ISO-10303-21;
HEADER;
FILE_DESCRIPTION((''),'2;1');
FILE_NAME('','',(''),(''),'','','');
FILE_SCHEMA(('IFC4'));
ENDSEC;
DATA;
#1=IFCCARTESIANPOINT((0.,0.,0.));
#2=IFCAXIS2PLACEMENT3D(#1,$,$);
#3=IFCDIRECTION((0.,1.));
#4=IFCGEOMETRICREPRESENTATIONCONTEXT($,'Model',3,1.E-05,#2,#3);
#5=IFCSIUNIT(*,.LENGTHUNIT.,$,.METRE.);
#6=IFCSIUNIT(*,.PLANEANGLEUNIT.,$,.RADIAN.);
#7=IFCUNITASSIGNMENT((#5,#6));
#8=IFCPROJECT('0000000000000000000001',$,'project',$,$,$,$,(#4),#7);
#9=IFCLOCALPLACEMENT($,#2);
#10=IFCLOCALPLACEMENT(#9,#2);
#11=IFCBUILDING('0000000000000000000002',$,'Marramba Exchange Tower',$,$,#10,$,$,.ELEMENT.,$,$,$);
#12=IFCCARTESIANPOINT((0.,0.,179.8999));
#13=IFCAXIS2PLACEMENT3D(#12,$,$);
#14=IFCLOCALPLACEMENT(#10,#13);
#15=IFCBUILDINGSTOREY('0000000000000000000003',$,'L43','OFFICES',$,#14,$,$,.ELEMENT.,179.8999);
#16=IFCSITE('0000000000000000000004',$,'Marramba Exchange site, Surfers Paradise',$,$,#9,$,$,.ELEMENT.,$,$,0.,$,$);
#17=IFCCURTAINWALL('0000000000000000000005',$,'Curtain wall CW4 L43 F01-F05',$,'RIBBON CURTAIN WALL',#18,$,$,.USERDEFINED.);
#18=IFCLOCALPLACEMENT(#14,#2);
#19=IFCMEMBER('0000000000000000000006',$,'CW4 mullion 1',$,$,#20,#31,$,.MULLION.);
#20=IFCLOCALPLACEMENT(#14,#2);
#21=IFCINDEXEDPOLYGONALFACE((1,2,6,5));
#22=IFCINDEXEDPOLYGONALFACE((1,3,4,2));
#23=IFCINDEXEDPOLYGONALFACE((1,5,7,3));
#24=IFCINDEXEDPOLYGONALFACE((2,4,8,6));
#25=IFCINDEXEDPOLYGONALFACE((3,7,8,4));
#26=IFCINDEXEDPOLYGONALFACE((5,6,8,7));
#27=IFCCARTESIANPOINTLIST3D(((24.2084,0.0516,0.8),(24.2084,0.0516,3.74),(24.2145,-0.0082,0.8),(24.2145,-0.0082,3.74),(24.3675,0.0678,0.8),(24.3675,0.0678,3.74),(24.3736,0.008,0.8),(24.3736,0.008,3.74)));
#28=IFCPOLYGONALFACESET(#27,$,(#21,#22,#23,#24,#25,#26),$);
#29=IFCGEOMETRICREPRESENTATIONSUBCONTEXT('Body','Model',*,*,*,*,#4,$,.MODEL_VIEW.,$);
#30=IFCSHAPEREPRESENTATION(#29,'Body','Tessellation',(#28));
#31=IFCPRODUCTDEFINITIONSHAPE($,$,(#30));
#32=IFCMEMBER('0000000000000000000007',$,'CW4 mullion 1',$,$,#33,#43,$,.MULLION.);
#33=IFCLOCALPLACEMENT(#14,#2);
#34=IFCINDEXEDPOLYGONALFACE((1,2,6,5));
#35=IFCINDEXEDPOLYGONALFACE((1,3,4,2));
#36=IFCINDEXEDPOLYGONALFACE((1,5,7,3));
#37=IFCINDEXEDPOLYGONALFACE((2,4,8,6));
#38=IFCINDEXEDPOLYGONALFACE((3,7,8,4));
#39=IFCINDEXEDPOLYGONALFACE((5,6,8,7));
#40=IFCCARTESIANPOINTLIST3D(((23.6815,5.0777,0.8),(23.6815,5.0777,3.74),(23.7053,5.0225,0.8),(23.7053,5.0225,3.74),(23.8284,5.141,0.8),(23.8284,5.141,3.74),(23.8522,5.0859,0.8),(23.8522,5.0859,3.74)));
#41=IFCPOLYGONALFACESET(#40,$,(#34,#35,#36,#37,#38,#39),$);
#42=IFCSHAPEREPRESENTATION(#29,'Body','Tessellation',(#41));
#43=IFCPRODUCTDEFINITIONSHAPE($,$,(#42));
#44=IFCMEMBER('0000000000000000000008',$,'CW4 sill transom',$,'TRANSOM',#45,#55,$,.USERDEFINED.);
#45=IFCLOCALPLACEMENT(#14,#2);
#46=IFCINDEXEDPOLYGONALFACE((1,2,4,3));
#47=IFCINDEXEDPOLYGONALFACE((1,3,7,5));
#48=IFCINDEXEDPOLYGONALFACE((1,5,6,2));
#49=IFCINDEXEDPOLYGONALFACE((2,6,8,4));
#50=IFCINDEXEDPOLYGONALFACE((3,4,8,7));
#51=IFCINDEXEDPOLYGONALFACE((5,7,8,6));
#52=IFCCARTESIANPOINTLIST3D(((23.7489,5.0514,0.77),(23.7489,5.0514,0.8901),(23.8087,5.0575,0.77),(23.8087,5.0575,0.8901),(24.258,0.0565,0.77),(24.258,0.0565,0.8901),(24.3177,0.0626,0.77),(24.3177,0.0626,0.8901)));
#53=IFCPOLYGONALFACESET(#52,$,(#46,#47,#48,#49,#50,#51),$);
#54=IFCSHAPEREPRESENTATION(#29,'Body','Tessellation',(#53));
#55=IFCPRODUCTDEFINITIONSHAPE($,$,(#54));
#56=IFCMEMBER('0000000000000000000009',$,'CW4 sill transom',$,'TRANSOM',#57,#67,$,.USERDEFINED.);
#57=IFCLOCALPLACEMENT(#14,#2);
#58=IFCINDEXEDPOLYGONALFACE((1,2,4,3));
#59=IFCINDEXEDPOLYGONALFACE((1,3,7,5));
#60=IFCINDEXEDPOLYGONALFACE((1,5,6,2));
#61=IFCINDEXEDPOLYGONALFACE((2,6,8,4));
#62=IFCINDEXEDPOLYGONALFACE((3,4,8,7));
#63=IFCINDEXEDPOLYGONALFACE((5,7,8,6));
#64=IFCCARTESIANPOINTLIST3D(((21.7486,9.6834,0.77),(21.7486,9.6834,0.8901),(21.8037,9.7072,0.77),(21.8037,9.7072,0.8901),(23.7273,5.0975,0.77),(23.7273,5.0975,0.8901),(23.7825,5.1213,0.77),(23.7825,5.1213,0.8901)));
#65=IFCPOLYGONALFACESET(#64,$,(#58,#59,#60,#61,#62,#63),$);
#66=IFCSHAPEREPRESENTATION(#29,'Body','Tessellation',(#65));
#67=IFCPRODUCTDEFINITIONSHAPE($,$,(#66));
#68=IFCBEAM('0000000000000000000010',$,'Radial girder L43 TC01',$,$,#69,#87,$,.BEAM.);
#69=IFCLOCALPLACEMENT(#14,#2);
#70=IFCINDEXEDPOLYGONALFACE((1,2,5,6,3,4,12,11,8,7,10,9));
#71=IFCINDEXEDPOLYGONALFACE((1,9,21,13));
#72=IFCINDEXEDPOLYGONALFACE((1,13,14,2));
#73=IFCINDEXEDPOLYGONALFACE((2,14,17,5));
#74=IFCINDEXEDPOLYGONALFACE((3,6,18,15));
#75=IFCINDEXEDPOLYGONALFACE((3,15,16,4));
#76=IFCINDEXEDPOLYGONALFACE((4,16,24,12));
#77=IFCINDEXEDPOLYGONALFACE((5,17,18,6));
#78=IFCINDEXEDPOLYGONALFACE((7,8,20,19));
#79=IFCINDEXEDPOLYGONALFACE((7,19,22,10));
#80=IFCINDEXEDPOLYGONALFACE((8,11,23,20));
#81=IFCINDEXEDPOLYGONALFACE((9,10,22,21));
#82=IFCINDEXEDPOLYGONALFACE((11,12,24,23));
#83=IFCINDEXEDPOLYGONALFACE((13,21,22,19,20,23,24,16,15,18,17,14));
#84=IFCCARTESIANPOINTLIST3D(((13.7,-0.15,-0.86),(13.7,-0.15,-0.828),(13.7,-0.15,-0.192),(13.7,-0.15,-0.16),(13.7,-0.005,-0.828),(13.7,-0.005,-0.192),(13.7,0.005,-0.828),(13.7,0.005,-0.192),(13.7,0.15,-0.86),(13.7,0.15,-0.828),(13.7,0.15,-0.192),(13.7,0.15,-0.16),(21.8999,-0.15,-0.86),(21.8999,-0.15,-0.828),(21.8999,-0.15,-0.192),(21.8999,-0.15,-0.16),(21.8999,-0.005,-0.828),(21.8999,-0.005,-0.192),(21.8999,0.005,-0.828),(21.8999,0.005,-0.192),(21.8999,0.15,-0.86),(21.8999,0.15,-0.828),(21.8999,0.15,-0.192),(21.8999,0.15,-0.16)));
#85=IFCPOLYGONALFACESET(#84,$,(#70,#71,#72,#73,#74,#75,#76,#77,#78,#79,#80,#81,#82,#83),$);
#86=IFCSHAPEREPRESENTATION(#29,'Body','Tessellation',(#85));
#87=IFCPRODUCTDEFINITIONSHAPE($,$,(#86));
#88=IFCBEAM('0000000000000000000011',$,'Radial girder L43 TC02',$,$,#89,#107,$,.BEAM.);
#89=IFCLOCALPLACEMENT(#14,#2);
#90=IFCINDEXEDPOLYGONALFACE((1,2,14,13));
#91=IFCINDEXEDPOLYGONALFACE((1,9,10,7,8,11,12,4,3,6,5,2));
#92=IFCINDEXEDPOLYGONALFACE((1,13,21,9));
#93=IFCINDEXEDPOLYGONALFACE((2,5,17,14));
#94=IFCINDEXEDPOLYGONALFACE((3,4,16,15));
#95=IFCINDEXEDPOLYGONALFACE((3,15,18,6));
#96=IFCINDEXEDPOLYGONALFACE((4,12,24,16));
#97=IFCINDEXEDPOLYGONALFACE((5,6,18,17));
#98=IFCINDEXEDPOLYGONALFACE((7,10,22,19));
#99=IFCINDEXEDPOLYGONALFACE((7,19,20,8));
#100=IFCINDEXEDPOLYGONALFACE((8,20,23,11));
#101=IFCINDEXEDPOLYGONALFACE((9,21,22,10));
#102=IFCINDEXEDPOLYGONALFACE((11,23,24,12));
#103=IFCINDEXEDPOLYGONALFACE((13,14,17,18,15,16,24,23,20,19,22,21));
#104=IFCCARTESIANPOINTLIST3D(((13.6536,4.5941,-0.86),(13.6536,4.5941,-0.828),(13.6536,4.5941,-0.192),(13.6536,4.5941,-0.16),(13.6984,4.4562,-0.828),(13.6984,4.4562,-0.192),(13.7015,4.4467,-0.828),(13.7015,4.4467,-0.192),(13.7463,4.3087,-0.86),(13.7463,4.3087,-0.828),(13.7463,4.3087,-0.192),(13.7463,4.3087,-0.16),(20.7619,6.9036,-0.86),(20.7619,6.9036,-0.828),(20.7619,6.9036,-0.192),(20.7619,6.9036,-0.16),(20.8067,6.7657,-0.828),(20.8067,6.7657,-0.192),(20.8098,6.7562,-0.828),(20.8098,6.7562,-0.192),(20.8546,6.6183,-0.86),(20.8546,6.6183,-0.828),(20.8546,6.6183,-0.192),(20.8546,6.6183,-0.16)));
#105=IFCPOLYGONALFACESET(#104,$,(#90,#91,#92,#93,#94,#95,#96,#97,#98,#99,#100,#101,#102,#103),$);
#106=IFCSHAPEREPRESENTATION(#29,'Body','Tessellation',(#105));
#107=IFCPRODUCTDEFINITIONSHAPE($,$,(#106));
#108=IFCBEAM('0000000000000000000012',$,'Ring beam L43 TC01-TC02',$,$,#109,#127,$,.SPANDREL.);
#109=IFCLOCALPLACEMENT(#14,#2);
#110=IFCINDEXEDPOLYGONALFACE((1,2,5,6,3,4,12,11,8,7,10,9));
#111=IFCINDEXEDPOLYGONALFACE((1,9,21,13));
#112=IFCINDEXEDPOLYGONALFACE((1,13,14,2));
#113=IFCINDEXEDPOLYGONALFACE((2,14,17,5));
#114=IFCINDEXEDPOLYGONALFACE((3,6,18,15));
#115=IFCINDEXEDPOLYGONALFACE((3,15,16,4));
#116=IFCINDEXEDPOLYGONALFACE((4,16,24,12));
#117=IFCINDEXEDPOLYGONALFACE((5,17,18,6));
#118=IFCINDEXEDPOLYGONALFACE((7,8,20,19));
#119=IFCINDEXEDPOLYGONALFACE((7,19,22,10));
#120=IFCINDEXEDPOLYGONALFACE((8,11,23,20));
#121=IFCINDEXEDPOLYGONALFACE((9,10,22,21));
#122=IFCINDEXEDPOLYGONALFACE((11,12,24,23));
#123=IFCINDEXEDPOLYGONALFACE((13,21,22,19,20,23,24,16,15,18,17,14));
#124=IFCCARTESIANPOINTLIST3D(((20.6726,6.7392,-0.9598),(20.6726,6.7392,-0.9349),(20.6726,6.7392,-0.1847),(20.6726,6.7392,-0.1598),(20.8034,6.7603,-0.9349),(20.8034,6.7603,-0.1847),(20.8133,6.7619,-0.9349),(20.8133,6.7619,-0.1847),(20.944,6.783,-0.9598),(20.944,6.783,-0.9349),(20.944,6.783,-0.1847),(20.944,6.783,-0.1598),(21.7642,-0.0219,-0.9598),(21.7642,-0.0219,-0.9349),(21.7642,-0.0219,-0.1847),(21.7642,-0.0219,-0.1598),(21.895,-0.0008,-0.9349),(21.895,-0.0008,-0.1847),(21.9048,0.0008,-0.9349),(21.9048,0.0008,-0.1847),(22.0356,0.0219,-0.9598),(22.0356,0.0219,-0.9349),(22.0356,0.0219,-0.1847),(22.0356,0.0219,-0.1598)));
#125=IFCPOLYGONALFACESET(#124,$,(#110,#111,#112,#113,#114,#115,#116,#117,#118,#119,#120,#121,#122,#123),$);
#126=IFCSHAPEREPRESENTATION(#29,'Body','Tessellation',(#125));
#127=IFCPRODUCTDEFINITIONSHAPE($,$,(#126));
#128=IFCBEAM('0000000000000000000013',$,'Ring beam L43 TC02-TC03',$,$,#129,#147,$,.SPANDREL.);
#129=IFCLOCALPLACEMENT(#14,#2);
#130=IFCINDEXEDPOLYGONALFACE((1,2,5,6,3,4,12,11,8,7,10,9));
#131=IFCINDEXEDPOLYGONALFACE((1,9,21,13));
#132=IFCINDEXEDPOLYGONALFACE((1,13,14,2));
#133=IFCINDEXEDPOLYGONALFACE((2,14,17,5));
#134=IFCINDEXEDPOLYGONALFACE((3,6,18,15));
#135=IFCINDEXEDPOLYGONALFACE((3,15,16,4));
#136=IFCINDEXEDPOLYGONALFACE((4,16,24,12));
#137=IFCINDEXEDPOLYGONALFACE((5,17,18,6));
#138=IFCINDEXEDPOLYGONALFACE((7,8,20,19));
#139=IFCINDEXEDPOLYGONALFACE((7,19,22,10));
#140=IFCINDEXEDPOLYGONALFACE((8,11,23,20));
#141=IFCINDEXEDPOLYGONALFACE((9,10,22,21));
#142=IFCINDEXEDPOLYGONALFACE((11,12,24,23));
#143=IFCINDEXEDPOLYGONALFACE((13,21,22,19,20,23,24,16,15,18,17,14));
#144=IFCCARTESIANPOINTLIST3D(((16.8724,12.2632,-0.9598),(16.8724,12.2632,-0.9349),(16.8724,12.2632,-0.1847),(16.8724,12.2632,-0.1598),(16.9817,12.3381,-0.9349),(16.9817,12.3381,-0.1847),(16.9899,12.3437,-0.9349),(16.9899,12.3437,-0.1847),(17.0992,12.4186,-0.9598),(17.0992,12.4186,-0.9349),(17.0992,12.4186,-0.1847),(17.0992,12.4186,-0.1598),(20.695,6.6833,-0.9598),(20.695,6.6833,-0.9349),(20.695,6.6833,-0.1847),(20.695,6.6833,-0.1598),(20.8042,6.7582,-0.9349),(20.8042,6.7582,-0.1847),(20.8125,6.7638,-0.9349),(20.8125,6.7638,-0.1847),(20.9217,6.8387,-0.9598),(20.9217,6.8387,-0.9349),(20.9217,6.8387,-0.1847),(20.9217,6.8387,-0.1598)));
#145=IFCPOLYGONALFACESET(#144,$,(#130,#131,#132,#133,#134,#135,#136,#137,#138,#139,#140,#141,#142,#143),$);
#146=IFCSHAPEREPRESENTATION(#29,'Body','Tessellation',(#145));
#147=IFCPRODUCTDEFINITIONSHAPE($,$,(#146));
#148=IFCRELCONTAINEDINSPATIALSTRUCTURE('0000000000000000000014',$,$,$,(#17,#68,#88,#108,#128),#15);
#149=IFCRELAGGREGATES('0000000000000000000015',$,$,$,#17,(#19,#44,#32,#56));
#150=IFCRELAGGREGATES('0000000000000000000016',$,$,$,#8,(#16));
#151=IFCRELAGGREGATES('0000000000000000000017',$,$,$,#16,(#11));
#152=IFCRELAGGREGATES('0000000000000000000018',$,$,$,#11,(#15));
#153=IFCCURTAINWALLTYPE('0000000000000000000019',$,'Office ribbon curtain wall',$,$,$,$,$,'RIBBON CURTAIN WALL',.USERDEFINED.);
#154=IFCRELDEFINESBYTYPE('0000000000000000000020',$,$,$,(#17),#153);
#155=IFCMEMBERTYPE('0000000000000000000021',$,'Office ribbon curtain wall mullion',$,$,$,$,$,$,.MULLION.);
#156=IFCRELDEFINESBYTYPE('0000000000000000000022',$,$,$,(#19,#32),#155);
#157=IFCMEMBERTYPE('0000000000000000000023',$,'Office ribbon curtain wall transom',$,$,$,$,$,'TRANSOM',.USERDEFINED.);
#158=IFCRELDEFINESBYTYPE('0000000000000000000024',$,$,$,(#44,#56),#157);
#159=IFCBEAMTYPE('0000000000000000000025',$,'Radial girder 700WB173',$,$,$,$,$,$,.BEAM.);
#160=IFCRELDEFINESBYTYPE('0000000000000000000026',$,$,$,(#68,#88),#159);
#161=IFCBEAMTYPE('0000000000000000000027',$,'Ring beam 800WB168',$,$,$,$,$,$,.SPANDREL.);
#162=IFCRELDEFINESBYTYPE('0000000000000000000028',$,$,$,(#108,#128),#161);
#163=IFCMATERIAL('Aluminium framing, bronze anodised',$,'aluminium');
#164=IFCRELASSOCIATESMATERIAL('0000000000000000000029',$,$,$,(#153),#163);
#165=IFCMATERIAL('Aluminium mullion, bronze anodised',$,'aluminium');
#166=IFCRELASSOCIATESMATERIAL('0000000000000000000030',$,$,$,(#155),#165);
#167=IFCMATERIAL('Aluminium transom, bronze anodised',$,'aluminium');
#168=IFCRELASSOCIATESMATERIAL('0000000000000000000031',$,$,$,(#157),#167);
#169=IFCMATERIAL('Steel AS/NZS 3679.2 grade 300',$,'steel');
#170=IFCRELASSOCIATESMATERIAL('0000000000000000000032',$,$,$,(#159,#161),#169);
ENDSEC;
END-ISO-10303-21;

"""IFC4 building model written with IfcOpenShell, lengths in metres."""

from ifc_helpers import new_model, si_unit, direction, frame, origin, origin_2d, place, context, subcontext, project, spatial, rectangle, i_section, extrude, material, material_profile, profile_set, type_object, element, aggregate, save


model = new_model("IFC4")

# Units and contexts
model_context = context("Model", 3, precision=1e-05, world=origin(), true_north=direction((0.0, 1.0)))
body_context = subcontext(model_context, "Body", "Model", "MODEL_VIEW")
ifc_project = project(units=[si_unit("LENGTHUNIT", "METRE"), si_unit("PLANEANGLEUNIT", "RADIAN")], contexts=[model_context])

# Site, building, storey
site_placement = place(None, origin())
site = spatial("IfcSite", under=ifc_project, at=site_placement, Name="Marramba Exchange site, Surfers Paradise", CompositionType="ELEMENT", RefElevation=0.0)
building_placement = place(site_placement, origin())
building = spatial("IfcBuilding", under=site, at=building_placement, Name="Marramba Exchange Tower", CompositionType="ELEMENT")
storey_placement = place(building_placement, frame((0.0, 0.0, 179.8999)))
storey = spatial("IfcBuildingStorey", under=building, at=storey_placement, Name="L43", Description="OFFICES", CompositionType="ELEMENT", Elevation=179.8999)

# Shared definitions
ifc_material_1 = material(Name="Steel AS/NZS 3679.2 grade 300", Category="steel")

# Curtain wall, members
ifc_material_2 = material(Name="Aluminium framing, bronze anodised", Category="aluminium")
curtain_wall_type = type_object("IfcCurtainWallType", Name="Office ribbon curtain wall", ElementType="RIBBON CURTAIN WALL", PredefinedType="USERDEFINED", material=ifc_material_2)
curtain_wall_placement = place(storey_placement, origin())
curtain_wall = element("IfcCurtainWall", 1, at=curtain_wall_placement, inside=storey, type_object=curtain_wall_type, Name="Curtain wall CW4 L43 F01-F05", ObjectType="RIBBON CURTAIN WALL", PredefinedType="USERDEFINED")
ifc_material_3 = material(Name="Aluminium mullion, bronze anodised", Category="aluminium")
ifc_material_profile_1 = material_profile(ifc_material_3, rectangle(XDim=0.1599, YDim=0.0601, at=origin_2d()), Name="CW4 mullion 60x160")
ifc_profile_set_1 = profile_set([ifc_material_profile_1], Name="Aluminium mullion, bronze anodised")
member_type_1 = type_object("IfcMemberType", Name="Office ribbon curtain wall mullion", PredefinedType="MULLION", material=ifc_profile_set_1)
member_1_placement = place(storey_placement, frame((24.291, 0.0298, 0.8), z_axis=(0.0, 0.0, 1.0), x_axis=(-0.994843, -0.101422, 0.0)))
member_1 = element("IfcMember", 2, at=member_1_placement, type_object=member_type_1, Name="CW4 mullion 1", PredefinedType="MULLION", context=body_context, shape_type="SweptSolid", body=[
    extrude(rectangle(XDim=0.1599, YDim=0.0601, at=origin_2d()), origin(), (0.0, 0.0, 1.0), 2.9399),
])
member_2_placement = place(storey_placement, frame((23.7668, 5.0818, 0.8), z_axis=(0.0, 0.0, 1.0), x_axis=(-0.918167, -0.396193, 0.0)))
member_2 = element("IfcMember", 3, at=member_2_placement, type_object=member_type_1, Name="CW4 mullion 1", PredefinedType="MULLION", context=body_context, shape_type="SweptSolid", body=[
    extrude(rectangle(XDim=0.1599, YDim=0.0601, at=origin_2d()), origin(), (0.0, 0.0, 1.0), 2.9399),
])
ifc_material_4 = material(Name="Aluminium transom, bronze anodised", Category="aluminium")
ifc_material_profile_2 = material_profile(ifc_material_4, rectangle(XDim=0.0601, YDim=0.1201, at=origin_2d()), Name="CW4 transom 60x120")
ifc_profile_set_2 = profile_set([ifc_material_profile_2], Name="Aluminium transom, bronze anodised")
member_type_2 = type_object("IfcMemberType", Name="Office ribbon curtain wall transom", ElementType="TRANSOM", PredefinedType="USERDEFINED", material=ifc_profile_set_2)
member_3_placement = place(storey_placement, frame((24.2878, 0.0596, 0.8301), z_axis=(-0.101386, 0.994847, 0.0), x_axis=(-0.994847, -0.101386, 0.0)))
member_3 = element("IfcMember", 4, at=member_3_placement, type_object=member_type_2, Name="CW4 sill transom", ObjectType="TRANSOM", PredefinedType="USERDEFINED", context=body_context, shape_type="SweptSolid", body=[
    extrude(rectangle(XDim=0.0601, YDim=0.1201, at=origin_2d()), origin(), (0.0, 0.0, 1.0), 5.0208),
])
member_4_placement = place(storey_placement, frame((23.7549, 5.1094, 0.8301), z_axis=(-0.396178, 0.918174, 0.0), x_axis=(-0.918174, -0.396178, 0.0)))
member_4 = element("IfcMember", 5, at=member_4_placement, type_object=member_type_2, Name="CW4 sill transom", ObjectType="TRANSOM", PredefinedType="USERDEFINED", context=body_context, shape_type="SweptSolid", body=[
    extrude(rectangle(XDim=0.0601, YDim=0.1201, at=origin_2d()), origin(), (0.0, 0.0, 1.0), 4.9946),
])

# Beams
ifc_material_profile_3 = material_profile(ifc_material_1, i_section(OverallWidth=0.3, OverallDepth=0.7, WebThickness=0.01, FlangeThickness=0.032, at=origin_2d()), Name="700WB173")
ifc_profile_set_3 = profile_set([ifc_material_profile_3], Name="Steel AS/NZS 3679.2 grade 300")
beam_type_1 = type_object("IfcBeamType", Name="Radial girder 700WB173", PredefinedType="BEAM", material=ifc_profile_set_3)
beam_1_placement = place(storey_placement, frame((13.7, 0.0, -0.51), z_axis=(1.0, 0.0, 0.0), x_axis=(0.0, 1.0, 0.0)))
element("IfcBeam", 6, at=beam_1_placement, inside=storey, type_object=beam_type_1, Name="Radial girder L43 TC01", PredefinedType="BEAM", context=body_context, shape_type="SweptSolid", body=[
    extrude(i_section(OverallWidth=0.3, OverallDepth=0.7, WebThickness=0.01, FlangeThickness=0.032, at=origin_2d()), origin(), (0.0, 0.0, 1.0), 8.2),
])
beam_2_placement = place(storey_placement, frame((13.7, 4.4514, -0.51), z_axis=(0.95106, 0.309006, 0.0), x_axis=(-0.309006, 0.95106, 0.0)))
element("IfcBeam", 7, at=beam_2_placement, inside=storey, type_object=beam_type_1, Name="Radial girder L43 TC02", PredefinedType="BEAM", context=body_context, shape_type="SweptSolid", body=[
    extrude(i_section(OverallWidth=0.3, OverallDepth=0.7, WebThickness=0.01, FlangeThickness=0.032, at=origin_2d()), origin(), (0.0, 0.0, 1.0), 7.4741),
])
ifc_material_profile_4 = material_profile(ifc_material_1, i_section(OverallWidth=0.2749, OverallDepth=0.8, WebThickness=0.01, FlangeThickness=0.0249, at=origin_2d()), Name="800WB168")
ifc_profile_set_4 = profile_set([ifc_material_profile_4], Name="Steel AS/NZS 3679.2 grade 300")
beam_type_2 = type_object("IfcBeamType", Name="Ring beam 800WB168", PredefinedType="SPANDREL", material=ifc_profile_set_4)
beam_3_placement = place(storey_placement, frame((21.8999, 0.0, -0.5598), z_axis=(-0.159385, 0.987217, 0.0), x_axis=(-0.987217, -0.159385, 0.0)))
element("IfcBeam", 8, at=beam_3_placement, inside=storey, type_object=beam_type_2, Name="Ring beam L43 TC01-TC02", PredefinedType="SPANDREL", context=body_context, shape_type="SweptSolid", body=[
    extrude(i_section(OverallWidth=0.2749, OverallDepth=0.8, WebThickness=0.01, FlangeThickness=0.0249, at=origin_2d()), origin(), (0.0, 0.0, 1.0), 6.8486),
])
beam_4_placement = place(storey_placement, frame((20.8083, 6.761, -0.5598), z_axis=(-0.56516, 0.824981, 0.0), x_axis=(-0.824981, -0.56516, 0.0)))
element("IfcBeam", 9, at=beam_4_placement, inside=storey, type_object=beam_type_2, Name="Ring beam L43 TC02-TC03", PredefinedType="SPANDREL", context=body_context, shape_type="SweptSolid", body=[
    extrude(i_section(OverallWidth=0.2749, OverallDepth=0.8, WebThickness=0.01, FlangeThickness=0.0249, at=origin_2d()), origin(), (0.0, 0.0, 1.0), 6.7637),
])

aggregate(curtain_wall, [member_1, member_3, member_2, member_4])

save(model, "model.ifc")
